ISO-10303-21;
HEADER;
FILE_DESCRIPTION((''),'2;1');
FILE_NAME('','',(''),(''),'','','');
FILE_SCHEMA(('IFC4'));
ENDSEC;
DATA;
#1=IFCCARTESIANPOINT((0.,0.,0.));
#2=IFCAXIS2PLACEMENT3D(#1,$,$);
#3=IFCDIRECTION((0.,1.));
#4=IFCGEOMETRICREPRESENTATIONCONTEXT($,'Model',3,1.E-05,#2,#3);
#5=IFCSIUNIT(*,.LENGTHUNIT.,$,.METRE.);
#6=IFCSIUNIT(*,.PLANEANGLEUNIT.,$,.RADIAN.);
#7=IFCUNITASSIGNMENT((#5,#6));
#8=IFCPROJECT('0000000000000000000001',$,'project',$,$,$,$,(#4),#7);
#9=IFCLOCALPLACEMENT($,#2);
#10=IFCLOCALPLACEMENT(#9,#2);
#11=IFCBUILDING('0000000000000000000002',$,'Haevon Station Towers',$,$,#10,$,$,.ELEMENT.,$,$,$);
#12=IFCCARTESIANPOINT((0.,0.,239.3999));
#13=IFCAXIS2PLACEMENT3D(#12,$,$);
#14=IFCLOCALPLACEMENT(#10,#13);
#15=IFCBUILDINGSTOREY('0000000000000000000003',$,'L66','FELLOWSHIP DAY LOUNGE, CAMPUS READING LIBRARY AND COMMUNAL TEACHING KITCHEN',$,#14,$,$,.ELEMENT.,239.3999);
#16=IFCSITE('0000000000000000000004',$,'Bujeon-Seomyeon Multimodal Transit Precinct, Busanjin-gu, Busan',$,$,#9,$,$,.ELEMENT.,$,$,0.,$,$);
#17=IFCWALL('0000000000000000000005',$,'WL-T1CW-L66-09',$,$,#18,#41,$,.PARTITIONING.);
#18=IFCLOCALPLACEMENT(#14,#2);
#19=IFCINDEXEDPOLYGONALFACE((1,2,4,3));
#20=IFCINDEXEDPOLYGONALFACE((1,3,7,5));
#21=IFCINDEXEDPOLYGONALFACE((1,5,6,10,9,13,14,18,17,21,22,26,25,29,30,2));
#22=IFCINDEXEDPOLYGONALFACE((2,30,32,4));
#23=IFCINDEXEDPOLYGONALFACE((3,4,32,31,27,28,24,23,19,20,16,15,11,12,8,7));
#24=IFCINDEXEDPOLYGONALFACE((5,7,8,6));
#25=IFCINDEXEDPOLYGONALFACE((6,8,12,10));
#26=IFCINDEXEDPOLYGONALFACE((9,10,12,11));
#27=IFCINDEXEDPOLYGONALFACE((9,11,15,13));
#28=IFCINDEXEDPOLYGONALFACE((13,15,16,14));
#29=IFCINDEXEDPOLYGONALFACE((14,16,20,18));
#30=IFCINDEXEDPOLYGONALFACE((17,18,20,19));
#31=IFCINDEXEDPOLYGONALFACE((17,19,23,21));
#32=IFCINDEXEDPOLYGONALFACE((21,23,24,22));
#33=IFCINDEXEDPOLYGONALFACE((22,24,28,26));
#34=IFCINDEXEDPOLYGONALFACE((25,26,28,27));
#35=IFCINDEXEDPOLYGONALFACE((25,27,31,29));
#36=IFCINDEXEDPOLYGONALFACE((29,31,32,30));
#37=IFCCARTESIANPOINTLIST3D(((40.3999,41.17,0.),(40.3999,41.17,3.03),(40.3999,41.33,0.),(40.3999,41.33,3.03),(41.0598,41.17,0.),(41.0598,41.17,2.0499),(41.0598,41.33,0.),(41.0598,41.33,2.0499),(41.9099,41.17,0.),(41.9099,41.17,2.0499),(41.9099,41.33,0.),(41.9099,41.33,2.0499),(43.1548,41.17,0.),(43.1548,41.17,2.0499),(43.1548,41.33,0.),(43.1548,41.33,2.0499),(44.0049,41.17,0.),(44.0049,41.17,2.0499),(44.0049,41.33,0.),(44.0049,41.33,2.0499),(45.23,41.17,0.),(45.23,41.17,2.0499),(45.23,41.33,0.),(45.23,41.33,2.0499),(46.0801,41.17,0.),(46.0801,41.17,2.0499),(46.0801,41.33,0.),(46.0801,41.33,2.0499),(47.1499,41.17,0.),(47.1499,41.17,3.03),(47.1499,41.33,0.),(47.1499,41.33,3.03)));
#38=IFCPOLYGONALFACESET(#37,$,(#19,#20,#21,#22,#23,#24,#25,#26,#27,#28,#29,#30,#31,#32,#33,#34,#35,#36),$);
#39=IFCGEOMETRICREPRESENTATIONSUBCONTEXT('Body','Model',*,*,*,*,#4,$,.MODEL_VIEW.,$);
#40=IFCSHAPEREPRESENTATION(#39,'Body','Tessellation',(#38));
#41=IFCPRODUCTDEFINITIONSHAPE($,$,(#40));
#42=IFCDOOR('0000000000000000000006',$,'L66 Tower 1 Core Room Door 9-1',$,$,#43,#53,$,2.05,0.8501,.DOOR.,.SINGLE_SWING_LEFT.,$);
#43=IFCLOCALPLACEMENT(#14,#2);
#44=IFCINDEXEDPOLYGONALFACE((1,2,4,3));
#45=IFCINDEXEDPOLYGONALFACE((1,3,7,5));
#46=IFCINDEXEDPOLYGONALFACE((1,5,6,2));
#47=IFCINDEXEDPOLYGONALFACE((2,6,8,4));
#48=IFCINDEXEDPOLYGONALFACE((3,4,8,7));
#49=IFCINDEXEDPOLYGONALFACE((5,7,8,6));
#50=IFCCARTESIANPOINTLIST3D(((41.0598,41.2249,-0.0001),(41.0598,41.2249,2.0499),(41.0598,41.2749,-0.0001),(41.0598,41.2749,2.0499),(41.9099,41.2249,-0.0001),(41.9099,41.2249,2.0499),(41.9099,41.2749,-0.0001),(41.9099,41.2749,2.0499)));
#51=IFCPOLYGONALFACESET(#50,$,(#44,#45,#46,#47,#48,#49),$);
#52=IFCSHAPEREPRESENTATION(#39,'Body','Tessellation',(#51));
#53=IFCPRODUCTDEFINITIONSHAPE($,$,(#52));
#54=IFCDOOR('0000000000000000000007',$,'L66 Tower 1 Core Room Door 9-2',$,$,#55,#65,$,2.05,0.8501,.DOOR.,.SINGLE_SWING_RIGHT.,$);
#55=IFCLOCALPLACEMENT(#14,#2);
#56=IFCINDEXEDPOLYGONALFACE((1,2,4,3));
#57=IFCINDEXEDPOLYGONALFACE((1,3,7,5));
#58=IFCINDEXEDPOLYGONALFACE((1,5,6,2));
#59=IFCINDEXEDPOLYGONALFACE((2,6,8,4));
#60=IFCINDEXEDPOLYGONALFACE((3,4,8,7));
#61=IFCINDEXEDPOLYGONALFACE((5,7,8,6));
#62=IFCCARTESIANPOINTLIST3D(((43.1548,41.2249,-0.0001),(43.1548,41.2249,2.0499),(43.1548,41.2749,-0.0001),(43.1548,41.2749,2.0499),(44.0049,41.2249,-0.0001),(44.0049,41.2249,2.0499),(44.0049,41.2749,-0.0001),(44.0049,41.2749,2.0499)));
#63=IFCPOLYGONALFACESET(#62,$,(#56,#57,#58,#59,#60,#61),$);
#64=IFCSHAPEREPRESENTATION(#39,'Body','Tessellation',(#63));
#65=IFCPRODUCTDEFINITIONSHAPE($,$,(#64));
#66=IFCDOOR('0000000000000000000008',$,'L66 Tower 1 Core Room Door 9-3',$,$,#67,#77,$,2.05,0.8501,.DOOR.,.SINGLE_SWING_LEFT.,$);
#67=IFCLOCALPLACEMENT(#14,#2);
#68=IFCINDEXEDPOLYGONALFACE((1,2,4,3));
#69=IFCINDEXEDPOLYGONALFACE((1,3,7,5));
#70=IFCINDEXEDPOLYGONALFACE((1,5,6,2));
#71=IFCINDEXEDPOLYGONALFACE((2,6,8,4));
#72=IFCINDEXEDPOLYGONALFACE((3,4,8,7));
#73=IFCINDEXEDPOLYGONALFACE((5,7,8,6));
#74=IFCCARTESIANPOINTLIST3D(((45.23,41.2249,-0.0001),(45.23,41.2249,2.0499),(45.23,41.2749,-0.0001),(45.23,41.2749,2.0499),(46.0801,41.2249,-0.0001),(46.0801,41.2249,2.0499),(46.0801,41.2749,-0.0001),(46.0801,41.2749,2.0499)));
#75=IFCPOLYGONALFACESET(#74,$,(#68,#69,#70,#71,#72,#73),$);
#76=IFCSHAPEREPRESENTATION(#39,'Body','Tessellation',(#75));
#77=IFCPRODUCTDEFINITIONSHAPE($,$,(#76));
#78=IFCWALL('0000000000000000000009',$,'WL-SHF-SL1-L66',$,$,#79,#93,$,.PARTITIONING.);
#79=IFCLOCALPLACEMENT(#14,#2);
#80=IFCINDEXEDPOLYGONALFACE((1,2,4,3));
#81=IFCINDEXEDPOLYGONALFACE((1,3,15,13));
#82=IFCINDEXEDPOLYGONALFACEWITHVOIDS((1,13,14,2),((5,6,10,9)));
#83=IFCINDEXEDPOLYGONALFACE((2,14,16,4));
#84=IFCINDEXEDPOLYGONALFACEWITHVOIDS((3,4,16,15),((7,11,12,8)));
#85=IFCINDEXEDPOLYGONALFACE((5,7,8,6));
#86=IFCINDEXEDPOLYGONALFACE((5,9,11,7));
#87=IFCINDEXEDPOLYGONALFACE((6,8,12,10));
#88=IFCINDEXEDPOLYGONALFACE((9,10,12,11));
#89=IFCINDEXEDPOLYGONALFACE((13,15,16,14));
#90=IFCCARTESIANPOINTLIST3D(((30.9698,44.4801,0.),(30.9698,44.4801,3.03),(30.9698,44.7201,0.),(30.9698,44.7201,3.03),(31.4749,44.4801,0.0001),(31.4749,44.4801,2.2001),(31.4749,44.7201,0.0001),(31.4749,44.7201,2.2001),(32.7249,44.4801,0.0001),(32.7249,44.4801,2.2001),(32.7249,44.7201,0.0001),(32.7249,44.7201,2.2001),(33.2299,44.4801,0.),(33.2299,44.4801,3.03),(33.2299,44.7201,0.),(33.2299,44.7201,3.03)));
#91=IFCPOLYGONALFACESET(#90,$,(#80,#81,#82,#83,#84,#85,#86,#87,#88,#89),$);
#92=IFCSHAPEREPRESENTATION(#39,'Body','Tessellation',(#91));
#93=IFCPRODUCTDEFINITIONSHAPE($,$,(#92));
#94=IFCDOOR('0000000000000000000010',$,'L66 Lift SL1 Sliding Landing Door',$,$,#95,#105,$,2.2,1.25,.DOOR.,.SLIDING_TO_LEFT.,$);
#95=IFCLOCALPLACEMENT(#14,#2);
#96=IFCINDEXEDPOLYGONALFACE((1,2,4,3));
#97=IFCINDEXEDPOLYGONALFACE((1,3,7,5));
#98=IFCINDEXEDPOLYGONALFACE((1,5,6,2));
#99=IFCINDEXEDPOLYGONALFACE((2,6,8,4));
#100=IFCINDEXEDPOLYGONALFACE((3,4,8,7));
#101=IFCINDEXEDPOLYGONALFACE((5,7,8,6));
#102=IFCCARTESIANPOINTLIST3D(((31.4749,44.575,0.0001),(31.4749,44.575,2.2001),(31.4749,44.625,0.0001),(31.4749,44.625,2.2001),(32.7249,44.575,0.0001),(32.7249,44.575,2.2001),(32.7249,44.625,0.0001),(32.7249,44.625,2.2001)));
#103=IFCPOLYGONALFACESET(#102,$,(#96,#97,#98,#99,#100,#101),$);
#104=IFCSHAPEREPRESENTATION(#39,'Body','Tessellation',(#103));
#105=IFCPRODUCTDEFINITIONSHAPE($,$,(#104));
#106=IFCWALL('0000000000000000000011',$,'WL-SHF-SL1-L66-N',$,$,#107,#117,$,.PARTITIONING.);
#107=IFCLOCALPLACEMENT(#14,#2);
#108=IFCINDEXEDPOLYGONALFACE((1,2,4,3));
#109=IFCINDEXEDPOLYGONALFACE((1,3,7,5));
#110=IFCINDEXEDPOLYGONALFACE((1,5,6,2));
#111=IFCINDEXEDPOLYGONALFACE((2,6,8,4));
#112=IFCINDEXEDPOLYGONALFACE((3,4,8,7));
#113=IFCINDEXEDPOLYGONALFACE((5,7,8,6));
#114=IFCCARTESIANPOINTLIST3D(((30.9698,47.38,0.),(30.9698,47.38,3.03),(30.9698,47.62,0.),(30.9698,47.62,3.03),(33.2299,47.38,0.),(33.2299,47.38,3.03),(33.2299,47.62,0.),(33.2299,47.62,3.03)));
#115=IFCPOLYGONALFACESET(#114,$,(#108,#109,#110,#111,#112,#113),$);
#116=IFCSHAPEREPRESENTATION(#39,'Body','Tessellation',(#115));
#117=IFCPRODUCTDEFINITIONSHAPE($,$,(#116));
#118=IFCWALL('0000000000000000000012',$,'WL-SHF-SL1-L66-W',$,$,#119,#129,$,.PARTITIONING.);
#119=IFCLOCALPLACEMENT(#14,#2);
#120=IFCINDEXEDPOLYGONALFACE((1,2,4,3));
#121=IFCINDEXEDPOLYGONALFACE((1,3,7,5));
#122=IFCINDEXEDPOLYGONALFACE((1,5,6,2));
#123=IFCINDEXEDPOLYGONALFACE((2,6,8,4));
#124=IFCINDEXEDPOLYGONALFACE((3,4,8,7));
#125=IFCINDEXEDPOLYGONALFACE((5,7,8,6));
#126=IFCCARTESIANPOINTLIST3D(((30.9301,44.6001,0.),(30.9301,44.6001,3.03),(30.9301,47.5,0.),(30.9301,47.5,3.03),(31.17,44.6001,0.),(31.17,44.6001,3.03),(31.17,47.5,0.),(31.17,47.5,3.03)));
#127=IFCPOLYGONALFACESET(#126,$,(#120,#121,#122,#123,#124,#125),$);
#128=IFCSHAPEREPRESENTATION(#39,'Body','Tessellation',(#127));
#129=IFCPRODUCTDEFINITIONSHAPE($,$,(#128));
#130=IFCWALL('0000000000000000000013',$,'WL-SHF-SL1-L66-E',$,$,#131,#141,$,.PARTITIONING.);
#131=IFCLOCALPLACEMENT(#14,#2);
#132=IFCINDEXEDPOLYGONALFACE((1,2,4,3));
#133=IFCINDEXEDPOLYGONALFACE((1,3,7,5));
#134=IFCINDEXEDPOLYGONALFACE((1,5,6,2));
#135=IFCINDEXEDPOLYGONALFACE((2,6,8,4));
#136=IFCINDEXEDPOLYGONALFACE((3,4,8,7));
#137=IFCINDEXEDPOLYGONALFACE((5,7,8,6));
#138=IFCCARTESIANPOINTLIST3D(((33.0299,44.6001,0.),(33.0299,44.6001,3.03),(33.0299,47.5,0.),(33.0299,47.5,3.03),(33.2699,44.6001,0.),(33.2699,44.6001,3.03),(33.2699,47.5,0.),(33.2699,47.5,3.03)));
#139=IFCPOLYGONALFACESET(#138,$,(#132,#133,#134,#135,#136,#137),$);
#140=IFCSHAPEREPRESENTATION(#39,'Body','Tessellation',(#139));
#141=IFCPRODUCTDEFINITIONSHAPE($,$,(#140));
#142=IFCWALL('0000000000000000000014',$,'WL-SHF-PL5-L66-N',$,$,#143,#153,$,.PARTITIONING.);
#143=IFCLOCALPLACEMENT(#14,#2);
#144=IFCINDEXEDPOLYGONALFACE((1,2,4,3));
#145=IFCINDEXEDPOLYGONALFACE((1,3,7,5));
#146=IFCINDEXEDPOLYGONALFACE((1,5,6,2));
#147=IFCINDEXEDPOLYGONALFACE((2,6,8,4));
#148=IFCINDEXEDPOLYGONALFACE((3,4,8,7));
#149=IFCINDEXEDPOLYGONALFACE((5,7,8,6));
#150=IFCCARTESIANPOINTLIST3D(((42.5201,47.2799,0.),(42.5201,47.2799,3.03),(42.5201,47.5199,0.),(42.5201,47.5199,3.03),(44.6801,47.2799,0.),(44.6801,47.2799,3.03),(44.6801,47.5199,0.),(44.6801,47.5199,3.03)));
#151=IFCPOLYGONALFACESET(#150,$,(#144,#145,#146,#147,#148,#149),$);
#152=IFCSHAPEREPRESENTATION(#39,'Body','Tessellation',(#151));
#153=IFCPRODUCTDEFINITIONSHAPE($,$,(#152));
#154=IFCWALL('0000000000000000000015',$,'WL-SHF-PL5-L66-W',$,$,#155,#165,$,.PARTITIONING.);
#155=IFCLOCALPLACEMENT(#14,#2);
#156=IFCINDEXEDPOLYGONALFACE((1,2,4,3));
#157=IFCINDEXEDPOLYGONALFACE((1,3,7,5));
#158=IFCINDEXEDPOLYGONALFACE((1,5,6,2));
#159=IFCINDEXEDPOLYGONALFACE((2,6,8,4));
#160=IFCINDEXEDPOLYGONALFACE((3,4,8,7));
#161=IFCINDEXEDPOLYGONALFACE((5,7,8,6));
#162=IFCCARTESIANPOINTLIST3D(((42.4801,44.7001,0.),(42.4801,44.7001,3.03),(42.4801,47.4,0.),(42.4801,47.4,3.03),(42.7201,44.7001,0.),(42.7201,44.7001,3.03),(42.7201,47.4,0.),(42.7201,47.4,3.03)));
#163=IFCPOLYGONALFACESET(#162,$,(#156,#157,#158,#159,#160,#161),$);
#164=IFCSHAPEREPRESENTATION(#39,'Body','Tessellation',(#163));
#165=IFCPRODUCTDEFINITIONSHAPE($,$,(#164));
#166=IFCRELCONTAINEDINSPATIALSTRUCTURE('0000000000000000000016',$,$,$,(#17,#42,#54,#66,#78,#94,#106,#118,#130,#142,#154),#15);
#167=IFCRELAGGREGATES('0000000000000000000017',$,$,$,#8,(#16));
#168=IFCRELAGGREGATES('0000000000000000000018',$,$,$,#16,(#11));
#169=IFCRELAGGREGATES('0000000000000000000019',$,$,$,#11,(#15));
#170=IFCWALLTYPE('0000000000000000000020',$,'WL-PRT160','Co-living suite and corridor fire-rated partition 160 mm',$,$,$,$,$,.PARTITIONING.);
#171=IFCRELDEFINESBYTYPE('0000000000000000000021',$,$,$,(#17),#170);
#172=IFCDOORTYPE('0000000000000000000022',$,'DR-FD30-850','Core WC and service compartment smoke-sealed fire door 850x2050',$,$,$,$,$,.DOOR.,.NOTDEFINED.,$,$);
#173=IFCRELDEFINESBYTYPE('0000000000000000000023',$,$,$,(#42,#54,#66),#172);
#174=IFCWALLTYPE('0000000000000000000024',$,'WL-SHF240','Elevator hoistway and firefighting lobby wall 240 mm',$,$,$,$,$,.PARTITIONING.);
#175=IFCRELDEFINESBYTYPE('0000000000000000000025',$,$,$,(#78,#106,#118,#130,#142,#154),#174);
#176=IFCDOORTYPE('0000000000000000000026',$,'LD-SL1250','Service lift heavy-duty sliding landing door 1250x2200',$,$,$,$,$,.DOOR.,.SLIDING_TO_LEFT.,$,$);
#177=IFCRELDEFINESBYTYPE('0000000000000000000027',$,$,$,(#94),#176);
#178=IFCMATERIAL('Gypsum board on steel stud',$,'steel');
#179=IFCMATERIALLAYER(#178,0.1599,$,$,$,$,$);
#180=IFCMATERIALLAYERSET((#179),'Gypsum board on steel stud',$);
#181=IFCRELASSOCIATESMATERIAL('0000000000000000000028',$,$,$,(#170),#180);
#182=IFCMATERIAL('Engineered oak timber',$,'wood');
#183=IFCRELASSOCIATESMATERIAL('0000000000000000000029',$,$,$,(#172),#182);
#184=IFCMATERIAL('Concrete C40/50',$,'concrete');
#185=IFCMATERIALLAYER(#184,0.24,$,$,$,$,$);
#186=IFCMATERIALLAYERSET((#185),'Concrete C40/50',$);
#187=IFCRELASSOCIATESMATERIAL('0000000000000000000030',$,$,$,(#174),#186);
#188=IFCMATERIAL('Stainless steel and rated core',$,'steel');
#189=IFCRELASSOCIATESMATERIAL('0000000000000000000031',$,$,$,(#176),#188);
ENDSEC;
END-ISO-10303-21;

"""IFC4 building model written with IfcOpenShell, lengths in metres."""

from ifc_helpers import new_model, si_unit, direction, frame, frame_2d, origin, place, context, subcontext, project, spatial, rectangle, extrude, material, layer, layer_set, type_object, element, fill, save


model = new_model("IFC4")

# Units and contexts
model_context = context("Model", 3, precision=1e-05, world=origin(), true_north=direction((0.0, 1.0)))
body_context = subcontext(model_context, "Body", "Model", "MODEL_VIEW")
ifc_project = project(units=[si_unit("LENGTHUNIT", "METRE"), si_unit("PLANEANGLEUNIT", "RADIAN")], contexts=[model_context])

# Site, building, storey
site_placement = place(None, origin())
site = spatial("IfcSite", under=ifc_project, at=site_placement, Name="Bujeon-Seomyeon Multimodal Transit Precinct, Busanjin-gu, Busan", CompositionType="ELEMENT", RefElevation=0.0)
building_placement = place(site_placement, origin())
building = spatial("IfcBuilding", under=site, at=building_placement, Name="Haevon Station Towers", CompositionType="ELEMENT")
storey_placement = place(building_placement, frame((0.0, 0.0, 239.3999)))
storey = spatial("IfcBuildingStorey", under=building, at=storey_placement, Name="L66", Description="FELLOWSHIP DAY LOUNGE, CAMPUS READING LIBRARY AND COMMUNAL TEACHING KITCHEN", CompositionType="ELEMENT", Elevation=239.3999)

# Shared definitions
ifc_material_1 = material(Name="Gypsum board on steel stud", Category="steel")
ifc_layer_1 = layer(ifc_material_1, 0.1599)
ifc_layer_set_1 = layer_set([ifc_layer_1], Name="Gypsum board on steel stud")
wall_type_1 = type_object("IfcWallType", Name="WL-PRT160", Description="Co-living suite and corridor fire-rated partition 160 mm", PredefinedType="PARTITIONING", material=ifc_layer_set_1)

# Shared definitions
ifc_material_2 = material(Name="Engineered oak timber", Category="wood")

# Wall, openings, doors
wall_1_placement = place(storey_placement, frame((40.3999, 41.25, 0.0), z_axis=(0.0, 0.0, 1.0), x_axis=(1.0, 0.0, 0.0)))
wall_1 = element("IfcWall", 1, at=wall_1_placement, inside=storey, type_object=wall_type_1, Name="WL-T1CW-L66-09", PredefinedType="PARTITIONING", context=body_context, shape_type="SweptSolid", body=[
    extrude(rectangle(XDim=6.75, YDim=0.1599, at=frame_2d((3.375, 0.0))), origin(), (0.0, 0.0, 1.0), 3.03),
])
opening_1_placement = place(wall_1_placement, frame((0.6599, 0.0, 0.0)))
opening_1 = element("IfcOpeningElement", 2, at=opening_1_placement, cuts=wall_1, PredefinedType="OPENING", context=body_context, shape_type="SweptSolid", body=[
    extrude(rectangle(XDim=0.8501, YDim=2.05, at=frame_2d((0.425, 1.0249))), frame((0.0, 0.0898, 0.0), z_axis=(0.0, -1.0, 0.0), x_axis=(1.0, 0.0, 0.0)), (0.0, 0.0, 1.0), 0.1799),
])
opening_2_placement = place(wall_1_placement, frame((2.7549, 0.0, 0.0)))
opening_2 = element("IfcOpeningElement", 3, at=opening_2_placement, cuts=wall_1, PredefinedType="OPENING", context=body_context, shape_type="SweptSolid", body=[
    extrude(rectangle(XDim=0.8501, YDim=2.05, at=frame_2d((0.425, 1.0249))), frame((0.0, 0.0898, 0.0), z_axis=(0.0, -1.0, 0.0), x_axis=(1.0, 0.0, 0.0)), (0.0, 0.0, 1.0), 0.1799),
])
opening_3_placement = place(wall_1_placement, frame((4.8301, 0.0, 0.0)))
opening_3 = element("IfcOpeningElement", 4, at=opening_3_placement, cuts=wall_1, PredefinedType="OPENING", context=body_context, shape_type="SweptSolid", body=[
    extrude(rectangle(XDim=0.8501, YDim=2.05, at=frame_2d((0.425, 1.0249))), frame((0.0, 0.0898, 0.0), z_axis=(0.0, -1.0, 0.0), x_axis=(1.0, 0.0, 0.0)), (0.0, 0.0, 1.0), 0.1799),
])
door_type_1 = type_object("IfcDoorType", Name="DR-FD30-850", Description="Core WC and service compartment smoke-sealed fire door 850x2050", OperationType="NOTDEFINED", PredefinedType="DOOR", material=ifc_material_2)
door_1_placement = place(opening_1_placement, origin())
door_1 = element("IfcDoor", 5, at=door_1_placement, inside=storey, type_object=door_type_1, Name="L66 Tower 1 Core Room Door 9-1", OperationType="SINGLE_SWING_LEFT", OverallHeight=2.05, OverallWidth=0.8501, PredefinedType="DOOR", context=body_context, shape_type="SweptSolid", body=[
    extrude(rectangle(XDim=0.8501, YDim=2.05, at=frame_2d((0.425, 1.0249))), frame((0.0, 0.0249, 0.0), z_axis=(0.0, -1.0, 0.0), x_axis=(1.0, 0.0, 0.0)), (0.0, 0.0, 1.0), 0.05),
])
fill(opening_1, door_1)
door_2_placement = place(opening_2_placement, origin())
door_2 = element("IfcDoor", 6, at=door_2_placement, inside=storey, type_object=door_type_1, Name="L66 Tower 1 Core Room Door 9-2", OperationType="SINGLE_SWING_RIGHT", OverallHeight=2.05, OverallWidth=0.8501, PredefinedType="DOOR", context=body_context, shape_type="SweptSolid", body=[
    extrude(rectangle(XDim=0.8501, YDim=2.05, at=frame_2d((0.425, 1.0249))), frame((0.0, 0.0249, 0.0), z_axis=(0.0, -1.0, 0.0), x_axis=(1.0, 0.0, 0.0)), (0.0, 0.0, 1.0), 0.05),
])
fill(opening_2, door_2)
door_3_placement = place(opening_3_placement, origin())
door_3 = element("IfcDoor", 7, at=door_3_placement, inside=storey, type_object=door_type_1, Name="L66 Tower 1 Core Room Door 9-3", OperationType="SINGLE_SWING_LEFT", OverallHeight=2.05, OverallWidth=0.8501, PredefinedType="DOOR", context=body_context, shape_type="SweptSolid", body=[
    extrude(rectangle(XDim=0.8501, YDim=2.05, at=frame_2d((0.425, 1.0249))), frame((0.0, 0.0249, 0.0), z_axis=(0.0, -1.0, 0.0), x_axis=(1.0, 0.0, 0.0)), (0.0, 0.0, 1.0), 0.05),
])
fill(opening_3, door_3)

# Wall, opening, door
ifc_material_3 = material(Name="Concrete C40/50", Category="concrete")
ifc_layer_2 = layer(ifc_material_3, 0.24)
ifc_layer_set_2 = layer_set([ifc_layer_2], Name="Concrete C40/50")
wall_type_2 = type_object("IfcWallType", Name="WL-SHF240", Description="Elevator hoistway and firefighting lobby wall 240 mm", PredefinedType="PARTITIONING", material=ifc_layer_set_2)
wall_2_placement = place(storey_placement, frame((30.97, 44.6001, 0.0), z_axis=(0.0, 0.0, 1.0), x_axis=(1.0, 0.0, 0.0)))
wall_2 = element("IfcWall", 8, at=wall_2_placement, inside=storey, type_object=wall_type_2, Name="WL-SHF-SL1-L66", PredefinedType="PARTITIONING", context=body_context, shape_type="SweptSolid", body=[
    extrude(rectangle(XDim=2.26, YDim=0.24, at=frame_2d((1.1299, 0.0))), origin(), (0.0, 0.0, 1.0), 3.03),
])
opening_4_placement = place(wall_2_placement, frame((0.5049, 0.0, 0.0)))
opening_4 = element("IfcOpeningElement", 9, at=opening_4_placement, cuts=wall_2, PredefinedType="OPENING", context=body_context, shape_type="SweptSolid", body=[
    extrude(rectangle(XDim=1.25, YDim=2.2, at=frame_2d((0.625, 1.1001))), frame((0.0, 0.1299, 0.0), z_axis=(0.0, -1.0, 0.0), x_axis=(1.0, 0.0, 0.0)), (0.0, 0.0, 1.0), 0.26),
])
ifc_material_4 = material(Name="Stainless steel and rated core", Category="steel")
door_type_2 = type_object("IfcDoorType", Name="LD-SL1250", Description="Service lift heavy-duty sliding landing door 1250x2200", OperationType="SLIDING_TO_LEFT", PredefinedType="DOOR", material=ifc_material_4)
door_4_placement = place(opening_4_placement, origin())
door_4 = element("IfcDoor", 10, at=door_4_placement, inside=storey, type_object=door_type_2, Name="L66 Lift SL1 Sliding Landing Door", OperationType="SLIDING_TO_LEFT", OverallHeight=2.2, OverallWidth=1.25, PredefinedType="DOOR", context=body_context, shape_type="SweptSolid", body=[
    extrude(rectangle(XDim=1.25, YDim=2.2, at=frame_2d((0.625, 1.1001))), frame((0.0, 0.0249, 0.0), z_axis=(0.0, -1.0, 0.0), x_axis=(1.0, 0.0, 0.0)), (0.0, 0.0, 1.0), 0.05),
])
fill(opening_4, door_4)

# Walls
wall_3_placement = place(storey_placement, frame((30.97, 47.5, 0.0), z_axis=(0.0, 0.0, 1.0), x_axis=(1.0, 0.0, 0.0)))
element("IfcWall", 11, at=wall_3_placement, inside=storey, type_object=wall_type_2, Name="WL-SHF-SL1-L66-N", PredefinedType="PARTITIONING", context=body_context, shape_type="SweptSolid", body=[
    extrude(rectangle(XDim=2.26, YDim=0.24, at=frame_2d((1.1299, 0.0))), origin(), (0.0, 0.0, 1.0), 3.03),
])
for number, where, z_axis, x_axis, name in (
    (12, (31.05, 44.6001, 0.0), (0.0, 0.0, 1.0), (0.0, 1.0, 0.0), "WL-SHF-SL1-L66-W"),
    (13, (33.1499, 44.6001, 0.0), (0.0, 0.0, 1.0), (0.0, 1.0, 0.0), "WL-SHF-SL1-L66-E"),
):
    element("IfcWall", number, at=place(storey_placement, frame(where, z_axis=z_axis, x_axis=x_axis)), inside=storey, type_object=wall_type_2, Name=name, PredefinedType="PARTITIONING", context=body_context, shape_type="SweptSolid", body=[
        extrude(rectangle(XDim=2.8999, YDim=0.24, at=frame_2d((1.45, 0.0))), origin(), (0.0, 0.0, 1.0), 3.03),
    ])

# Walls
wall_4_placement = place(storey_placement, frame((42.52, 47.3999, 0.0), z_axis=(0.0, 0.0, 1.0), x_axis=(1.0, 0.0, 0.0)))
element("IfcWall", 14, at=wall_4_placement, inside=storey, type_object=wall_type_2, Name="WL-SHF-PL5-L66-N", PredefinedType="PARTITIONING", context=body_context, shape_type="SweptSolid", body=[
    extrude(rectangle(XDim=2.1599, YDim=0.24, at=frame_2d((1.0801, 0.0))), origin(), (0.0, 0.0, 1.0), 3.03),
])
wall_5_placement = place(storey_placement, frame((42.6001, 44.7, 0.0), z_axis=(0.0, 0.0, 1.0), x_axis=(0.0, 1.0, 0.0)))
element("IfcWall", 15, at=wall_5_placement, inside=storey, type_object=wall_type_2, Name="WL-SHF-PL5-L66-W", PredefinedType="PARTITIONING", context=body_context, shape_type="SweptSolid", body=[
    extrude(rectangle(XDim=2.7, YDim=0.24, at=frame_2d((1.3501, 0.0))), origin(), (0.0, 0.0, 1.0), 3.03),
])

save(model, "model.ifc")
